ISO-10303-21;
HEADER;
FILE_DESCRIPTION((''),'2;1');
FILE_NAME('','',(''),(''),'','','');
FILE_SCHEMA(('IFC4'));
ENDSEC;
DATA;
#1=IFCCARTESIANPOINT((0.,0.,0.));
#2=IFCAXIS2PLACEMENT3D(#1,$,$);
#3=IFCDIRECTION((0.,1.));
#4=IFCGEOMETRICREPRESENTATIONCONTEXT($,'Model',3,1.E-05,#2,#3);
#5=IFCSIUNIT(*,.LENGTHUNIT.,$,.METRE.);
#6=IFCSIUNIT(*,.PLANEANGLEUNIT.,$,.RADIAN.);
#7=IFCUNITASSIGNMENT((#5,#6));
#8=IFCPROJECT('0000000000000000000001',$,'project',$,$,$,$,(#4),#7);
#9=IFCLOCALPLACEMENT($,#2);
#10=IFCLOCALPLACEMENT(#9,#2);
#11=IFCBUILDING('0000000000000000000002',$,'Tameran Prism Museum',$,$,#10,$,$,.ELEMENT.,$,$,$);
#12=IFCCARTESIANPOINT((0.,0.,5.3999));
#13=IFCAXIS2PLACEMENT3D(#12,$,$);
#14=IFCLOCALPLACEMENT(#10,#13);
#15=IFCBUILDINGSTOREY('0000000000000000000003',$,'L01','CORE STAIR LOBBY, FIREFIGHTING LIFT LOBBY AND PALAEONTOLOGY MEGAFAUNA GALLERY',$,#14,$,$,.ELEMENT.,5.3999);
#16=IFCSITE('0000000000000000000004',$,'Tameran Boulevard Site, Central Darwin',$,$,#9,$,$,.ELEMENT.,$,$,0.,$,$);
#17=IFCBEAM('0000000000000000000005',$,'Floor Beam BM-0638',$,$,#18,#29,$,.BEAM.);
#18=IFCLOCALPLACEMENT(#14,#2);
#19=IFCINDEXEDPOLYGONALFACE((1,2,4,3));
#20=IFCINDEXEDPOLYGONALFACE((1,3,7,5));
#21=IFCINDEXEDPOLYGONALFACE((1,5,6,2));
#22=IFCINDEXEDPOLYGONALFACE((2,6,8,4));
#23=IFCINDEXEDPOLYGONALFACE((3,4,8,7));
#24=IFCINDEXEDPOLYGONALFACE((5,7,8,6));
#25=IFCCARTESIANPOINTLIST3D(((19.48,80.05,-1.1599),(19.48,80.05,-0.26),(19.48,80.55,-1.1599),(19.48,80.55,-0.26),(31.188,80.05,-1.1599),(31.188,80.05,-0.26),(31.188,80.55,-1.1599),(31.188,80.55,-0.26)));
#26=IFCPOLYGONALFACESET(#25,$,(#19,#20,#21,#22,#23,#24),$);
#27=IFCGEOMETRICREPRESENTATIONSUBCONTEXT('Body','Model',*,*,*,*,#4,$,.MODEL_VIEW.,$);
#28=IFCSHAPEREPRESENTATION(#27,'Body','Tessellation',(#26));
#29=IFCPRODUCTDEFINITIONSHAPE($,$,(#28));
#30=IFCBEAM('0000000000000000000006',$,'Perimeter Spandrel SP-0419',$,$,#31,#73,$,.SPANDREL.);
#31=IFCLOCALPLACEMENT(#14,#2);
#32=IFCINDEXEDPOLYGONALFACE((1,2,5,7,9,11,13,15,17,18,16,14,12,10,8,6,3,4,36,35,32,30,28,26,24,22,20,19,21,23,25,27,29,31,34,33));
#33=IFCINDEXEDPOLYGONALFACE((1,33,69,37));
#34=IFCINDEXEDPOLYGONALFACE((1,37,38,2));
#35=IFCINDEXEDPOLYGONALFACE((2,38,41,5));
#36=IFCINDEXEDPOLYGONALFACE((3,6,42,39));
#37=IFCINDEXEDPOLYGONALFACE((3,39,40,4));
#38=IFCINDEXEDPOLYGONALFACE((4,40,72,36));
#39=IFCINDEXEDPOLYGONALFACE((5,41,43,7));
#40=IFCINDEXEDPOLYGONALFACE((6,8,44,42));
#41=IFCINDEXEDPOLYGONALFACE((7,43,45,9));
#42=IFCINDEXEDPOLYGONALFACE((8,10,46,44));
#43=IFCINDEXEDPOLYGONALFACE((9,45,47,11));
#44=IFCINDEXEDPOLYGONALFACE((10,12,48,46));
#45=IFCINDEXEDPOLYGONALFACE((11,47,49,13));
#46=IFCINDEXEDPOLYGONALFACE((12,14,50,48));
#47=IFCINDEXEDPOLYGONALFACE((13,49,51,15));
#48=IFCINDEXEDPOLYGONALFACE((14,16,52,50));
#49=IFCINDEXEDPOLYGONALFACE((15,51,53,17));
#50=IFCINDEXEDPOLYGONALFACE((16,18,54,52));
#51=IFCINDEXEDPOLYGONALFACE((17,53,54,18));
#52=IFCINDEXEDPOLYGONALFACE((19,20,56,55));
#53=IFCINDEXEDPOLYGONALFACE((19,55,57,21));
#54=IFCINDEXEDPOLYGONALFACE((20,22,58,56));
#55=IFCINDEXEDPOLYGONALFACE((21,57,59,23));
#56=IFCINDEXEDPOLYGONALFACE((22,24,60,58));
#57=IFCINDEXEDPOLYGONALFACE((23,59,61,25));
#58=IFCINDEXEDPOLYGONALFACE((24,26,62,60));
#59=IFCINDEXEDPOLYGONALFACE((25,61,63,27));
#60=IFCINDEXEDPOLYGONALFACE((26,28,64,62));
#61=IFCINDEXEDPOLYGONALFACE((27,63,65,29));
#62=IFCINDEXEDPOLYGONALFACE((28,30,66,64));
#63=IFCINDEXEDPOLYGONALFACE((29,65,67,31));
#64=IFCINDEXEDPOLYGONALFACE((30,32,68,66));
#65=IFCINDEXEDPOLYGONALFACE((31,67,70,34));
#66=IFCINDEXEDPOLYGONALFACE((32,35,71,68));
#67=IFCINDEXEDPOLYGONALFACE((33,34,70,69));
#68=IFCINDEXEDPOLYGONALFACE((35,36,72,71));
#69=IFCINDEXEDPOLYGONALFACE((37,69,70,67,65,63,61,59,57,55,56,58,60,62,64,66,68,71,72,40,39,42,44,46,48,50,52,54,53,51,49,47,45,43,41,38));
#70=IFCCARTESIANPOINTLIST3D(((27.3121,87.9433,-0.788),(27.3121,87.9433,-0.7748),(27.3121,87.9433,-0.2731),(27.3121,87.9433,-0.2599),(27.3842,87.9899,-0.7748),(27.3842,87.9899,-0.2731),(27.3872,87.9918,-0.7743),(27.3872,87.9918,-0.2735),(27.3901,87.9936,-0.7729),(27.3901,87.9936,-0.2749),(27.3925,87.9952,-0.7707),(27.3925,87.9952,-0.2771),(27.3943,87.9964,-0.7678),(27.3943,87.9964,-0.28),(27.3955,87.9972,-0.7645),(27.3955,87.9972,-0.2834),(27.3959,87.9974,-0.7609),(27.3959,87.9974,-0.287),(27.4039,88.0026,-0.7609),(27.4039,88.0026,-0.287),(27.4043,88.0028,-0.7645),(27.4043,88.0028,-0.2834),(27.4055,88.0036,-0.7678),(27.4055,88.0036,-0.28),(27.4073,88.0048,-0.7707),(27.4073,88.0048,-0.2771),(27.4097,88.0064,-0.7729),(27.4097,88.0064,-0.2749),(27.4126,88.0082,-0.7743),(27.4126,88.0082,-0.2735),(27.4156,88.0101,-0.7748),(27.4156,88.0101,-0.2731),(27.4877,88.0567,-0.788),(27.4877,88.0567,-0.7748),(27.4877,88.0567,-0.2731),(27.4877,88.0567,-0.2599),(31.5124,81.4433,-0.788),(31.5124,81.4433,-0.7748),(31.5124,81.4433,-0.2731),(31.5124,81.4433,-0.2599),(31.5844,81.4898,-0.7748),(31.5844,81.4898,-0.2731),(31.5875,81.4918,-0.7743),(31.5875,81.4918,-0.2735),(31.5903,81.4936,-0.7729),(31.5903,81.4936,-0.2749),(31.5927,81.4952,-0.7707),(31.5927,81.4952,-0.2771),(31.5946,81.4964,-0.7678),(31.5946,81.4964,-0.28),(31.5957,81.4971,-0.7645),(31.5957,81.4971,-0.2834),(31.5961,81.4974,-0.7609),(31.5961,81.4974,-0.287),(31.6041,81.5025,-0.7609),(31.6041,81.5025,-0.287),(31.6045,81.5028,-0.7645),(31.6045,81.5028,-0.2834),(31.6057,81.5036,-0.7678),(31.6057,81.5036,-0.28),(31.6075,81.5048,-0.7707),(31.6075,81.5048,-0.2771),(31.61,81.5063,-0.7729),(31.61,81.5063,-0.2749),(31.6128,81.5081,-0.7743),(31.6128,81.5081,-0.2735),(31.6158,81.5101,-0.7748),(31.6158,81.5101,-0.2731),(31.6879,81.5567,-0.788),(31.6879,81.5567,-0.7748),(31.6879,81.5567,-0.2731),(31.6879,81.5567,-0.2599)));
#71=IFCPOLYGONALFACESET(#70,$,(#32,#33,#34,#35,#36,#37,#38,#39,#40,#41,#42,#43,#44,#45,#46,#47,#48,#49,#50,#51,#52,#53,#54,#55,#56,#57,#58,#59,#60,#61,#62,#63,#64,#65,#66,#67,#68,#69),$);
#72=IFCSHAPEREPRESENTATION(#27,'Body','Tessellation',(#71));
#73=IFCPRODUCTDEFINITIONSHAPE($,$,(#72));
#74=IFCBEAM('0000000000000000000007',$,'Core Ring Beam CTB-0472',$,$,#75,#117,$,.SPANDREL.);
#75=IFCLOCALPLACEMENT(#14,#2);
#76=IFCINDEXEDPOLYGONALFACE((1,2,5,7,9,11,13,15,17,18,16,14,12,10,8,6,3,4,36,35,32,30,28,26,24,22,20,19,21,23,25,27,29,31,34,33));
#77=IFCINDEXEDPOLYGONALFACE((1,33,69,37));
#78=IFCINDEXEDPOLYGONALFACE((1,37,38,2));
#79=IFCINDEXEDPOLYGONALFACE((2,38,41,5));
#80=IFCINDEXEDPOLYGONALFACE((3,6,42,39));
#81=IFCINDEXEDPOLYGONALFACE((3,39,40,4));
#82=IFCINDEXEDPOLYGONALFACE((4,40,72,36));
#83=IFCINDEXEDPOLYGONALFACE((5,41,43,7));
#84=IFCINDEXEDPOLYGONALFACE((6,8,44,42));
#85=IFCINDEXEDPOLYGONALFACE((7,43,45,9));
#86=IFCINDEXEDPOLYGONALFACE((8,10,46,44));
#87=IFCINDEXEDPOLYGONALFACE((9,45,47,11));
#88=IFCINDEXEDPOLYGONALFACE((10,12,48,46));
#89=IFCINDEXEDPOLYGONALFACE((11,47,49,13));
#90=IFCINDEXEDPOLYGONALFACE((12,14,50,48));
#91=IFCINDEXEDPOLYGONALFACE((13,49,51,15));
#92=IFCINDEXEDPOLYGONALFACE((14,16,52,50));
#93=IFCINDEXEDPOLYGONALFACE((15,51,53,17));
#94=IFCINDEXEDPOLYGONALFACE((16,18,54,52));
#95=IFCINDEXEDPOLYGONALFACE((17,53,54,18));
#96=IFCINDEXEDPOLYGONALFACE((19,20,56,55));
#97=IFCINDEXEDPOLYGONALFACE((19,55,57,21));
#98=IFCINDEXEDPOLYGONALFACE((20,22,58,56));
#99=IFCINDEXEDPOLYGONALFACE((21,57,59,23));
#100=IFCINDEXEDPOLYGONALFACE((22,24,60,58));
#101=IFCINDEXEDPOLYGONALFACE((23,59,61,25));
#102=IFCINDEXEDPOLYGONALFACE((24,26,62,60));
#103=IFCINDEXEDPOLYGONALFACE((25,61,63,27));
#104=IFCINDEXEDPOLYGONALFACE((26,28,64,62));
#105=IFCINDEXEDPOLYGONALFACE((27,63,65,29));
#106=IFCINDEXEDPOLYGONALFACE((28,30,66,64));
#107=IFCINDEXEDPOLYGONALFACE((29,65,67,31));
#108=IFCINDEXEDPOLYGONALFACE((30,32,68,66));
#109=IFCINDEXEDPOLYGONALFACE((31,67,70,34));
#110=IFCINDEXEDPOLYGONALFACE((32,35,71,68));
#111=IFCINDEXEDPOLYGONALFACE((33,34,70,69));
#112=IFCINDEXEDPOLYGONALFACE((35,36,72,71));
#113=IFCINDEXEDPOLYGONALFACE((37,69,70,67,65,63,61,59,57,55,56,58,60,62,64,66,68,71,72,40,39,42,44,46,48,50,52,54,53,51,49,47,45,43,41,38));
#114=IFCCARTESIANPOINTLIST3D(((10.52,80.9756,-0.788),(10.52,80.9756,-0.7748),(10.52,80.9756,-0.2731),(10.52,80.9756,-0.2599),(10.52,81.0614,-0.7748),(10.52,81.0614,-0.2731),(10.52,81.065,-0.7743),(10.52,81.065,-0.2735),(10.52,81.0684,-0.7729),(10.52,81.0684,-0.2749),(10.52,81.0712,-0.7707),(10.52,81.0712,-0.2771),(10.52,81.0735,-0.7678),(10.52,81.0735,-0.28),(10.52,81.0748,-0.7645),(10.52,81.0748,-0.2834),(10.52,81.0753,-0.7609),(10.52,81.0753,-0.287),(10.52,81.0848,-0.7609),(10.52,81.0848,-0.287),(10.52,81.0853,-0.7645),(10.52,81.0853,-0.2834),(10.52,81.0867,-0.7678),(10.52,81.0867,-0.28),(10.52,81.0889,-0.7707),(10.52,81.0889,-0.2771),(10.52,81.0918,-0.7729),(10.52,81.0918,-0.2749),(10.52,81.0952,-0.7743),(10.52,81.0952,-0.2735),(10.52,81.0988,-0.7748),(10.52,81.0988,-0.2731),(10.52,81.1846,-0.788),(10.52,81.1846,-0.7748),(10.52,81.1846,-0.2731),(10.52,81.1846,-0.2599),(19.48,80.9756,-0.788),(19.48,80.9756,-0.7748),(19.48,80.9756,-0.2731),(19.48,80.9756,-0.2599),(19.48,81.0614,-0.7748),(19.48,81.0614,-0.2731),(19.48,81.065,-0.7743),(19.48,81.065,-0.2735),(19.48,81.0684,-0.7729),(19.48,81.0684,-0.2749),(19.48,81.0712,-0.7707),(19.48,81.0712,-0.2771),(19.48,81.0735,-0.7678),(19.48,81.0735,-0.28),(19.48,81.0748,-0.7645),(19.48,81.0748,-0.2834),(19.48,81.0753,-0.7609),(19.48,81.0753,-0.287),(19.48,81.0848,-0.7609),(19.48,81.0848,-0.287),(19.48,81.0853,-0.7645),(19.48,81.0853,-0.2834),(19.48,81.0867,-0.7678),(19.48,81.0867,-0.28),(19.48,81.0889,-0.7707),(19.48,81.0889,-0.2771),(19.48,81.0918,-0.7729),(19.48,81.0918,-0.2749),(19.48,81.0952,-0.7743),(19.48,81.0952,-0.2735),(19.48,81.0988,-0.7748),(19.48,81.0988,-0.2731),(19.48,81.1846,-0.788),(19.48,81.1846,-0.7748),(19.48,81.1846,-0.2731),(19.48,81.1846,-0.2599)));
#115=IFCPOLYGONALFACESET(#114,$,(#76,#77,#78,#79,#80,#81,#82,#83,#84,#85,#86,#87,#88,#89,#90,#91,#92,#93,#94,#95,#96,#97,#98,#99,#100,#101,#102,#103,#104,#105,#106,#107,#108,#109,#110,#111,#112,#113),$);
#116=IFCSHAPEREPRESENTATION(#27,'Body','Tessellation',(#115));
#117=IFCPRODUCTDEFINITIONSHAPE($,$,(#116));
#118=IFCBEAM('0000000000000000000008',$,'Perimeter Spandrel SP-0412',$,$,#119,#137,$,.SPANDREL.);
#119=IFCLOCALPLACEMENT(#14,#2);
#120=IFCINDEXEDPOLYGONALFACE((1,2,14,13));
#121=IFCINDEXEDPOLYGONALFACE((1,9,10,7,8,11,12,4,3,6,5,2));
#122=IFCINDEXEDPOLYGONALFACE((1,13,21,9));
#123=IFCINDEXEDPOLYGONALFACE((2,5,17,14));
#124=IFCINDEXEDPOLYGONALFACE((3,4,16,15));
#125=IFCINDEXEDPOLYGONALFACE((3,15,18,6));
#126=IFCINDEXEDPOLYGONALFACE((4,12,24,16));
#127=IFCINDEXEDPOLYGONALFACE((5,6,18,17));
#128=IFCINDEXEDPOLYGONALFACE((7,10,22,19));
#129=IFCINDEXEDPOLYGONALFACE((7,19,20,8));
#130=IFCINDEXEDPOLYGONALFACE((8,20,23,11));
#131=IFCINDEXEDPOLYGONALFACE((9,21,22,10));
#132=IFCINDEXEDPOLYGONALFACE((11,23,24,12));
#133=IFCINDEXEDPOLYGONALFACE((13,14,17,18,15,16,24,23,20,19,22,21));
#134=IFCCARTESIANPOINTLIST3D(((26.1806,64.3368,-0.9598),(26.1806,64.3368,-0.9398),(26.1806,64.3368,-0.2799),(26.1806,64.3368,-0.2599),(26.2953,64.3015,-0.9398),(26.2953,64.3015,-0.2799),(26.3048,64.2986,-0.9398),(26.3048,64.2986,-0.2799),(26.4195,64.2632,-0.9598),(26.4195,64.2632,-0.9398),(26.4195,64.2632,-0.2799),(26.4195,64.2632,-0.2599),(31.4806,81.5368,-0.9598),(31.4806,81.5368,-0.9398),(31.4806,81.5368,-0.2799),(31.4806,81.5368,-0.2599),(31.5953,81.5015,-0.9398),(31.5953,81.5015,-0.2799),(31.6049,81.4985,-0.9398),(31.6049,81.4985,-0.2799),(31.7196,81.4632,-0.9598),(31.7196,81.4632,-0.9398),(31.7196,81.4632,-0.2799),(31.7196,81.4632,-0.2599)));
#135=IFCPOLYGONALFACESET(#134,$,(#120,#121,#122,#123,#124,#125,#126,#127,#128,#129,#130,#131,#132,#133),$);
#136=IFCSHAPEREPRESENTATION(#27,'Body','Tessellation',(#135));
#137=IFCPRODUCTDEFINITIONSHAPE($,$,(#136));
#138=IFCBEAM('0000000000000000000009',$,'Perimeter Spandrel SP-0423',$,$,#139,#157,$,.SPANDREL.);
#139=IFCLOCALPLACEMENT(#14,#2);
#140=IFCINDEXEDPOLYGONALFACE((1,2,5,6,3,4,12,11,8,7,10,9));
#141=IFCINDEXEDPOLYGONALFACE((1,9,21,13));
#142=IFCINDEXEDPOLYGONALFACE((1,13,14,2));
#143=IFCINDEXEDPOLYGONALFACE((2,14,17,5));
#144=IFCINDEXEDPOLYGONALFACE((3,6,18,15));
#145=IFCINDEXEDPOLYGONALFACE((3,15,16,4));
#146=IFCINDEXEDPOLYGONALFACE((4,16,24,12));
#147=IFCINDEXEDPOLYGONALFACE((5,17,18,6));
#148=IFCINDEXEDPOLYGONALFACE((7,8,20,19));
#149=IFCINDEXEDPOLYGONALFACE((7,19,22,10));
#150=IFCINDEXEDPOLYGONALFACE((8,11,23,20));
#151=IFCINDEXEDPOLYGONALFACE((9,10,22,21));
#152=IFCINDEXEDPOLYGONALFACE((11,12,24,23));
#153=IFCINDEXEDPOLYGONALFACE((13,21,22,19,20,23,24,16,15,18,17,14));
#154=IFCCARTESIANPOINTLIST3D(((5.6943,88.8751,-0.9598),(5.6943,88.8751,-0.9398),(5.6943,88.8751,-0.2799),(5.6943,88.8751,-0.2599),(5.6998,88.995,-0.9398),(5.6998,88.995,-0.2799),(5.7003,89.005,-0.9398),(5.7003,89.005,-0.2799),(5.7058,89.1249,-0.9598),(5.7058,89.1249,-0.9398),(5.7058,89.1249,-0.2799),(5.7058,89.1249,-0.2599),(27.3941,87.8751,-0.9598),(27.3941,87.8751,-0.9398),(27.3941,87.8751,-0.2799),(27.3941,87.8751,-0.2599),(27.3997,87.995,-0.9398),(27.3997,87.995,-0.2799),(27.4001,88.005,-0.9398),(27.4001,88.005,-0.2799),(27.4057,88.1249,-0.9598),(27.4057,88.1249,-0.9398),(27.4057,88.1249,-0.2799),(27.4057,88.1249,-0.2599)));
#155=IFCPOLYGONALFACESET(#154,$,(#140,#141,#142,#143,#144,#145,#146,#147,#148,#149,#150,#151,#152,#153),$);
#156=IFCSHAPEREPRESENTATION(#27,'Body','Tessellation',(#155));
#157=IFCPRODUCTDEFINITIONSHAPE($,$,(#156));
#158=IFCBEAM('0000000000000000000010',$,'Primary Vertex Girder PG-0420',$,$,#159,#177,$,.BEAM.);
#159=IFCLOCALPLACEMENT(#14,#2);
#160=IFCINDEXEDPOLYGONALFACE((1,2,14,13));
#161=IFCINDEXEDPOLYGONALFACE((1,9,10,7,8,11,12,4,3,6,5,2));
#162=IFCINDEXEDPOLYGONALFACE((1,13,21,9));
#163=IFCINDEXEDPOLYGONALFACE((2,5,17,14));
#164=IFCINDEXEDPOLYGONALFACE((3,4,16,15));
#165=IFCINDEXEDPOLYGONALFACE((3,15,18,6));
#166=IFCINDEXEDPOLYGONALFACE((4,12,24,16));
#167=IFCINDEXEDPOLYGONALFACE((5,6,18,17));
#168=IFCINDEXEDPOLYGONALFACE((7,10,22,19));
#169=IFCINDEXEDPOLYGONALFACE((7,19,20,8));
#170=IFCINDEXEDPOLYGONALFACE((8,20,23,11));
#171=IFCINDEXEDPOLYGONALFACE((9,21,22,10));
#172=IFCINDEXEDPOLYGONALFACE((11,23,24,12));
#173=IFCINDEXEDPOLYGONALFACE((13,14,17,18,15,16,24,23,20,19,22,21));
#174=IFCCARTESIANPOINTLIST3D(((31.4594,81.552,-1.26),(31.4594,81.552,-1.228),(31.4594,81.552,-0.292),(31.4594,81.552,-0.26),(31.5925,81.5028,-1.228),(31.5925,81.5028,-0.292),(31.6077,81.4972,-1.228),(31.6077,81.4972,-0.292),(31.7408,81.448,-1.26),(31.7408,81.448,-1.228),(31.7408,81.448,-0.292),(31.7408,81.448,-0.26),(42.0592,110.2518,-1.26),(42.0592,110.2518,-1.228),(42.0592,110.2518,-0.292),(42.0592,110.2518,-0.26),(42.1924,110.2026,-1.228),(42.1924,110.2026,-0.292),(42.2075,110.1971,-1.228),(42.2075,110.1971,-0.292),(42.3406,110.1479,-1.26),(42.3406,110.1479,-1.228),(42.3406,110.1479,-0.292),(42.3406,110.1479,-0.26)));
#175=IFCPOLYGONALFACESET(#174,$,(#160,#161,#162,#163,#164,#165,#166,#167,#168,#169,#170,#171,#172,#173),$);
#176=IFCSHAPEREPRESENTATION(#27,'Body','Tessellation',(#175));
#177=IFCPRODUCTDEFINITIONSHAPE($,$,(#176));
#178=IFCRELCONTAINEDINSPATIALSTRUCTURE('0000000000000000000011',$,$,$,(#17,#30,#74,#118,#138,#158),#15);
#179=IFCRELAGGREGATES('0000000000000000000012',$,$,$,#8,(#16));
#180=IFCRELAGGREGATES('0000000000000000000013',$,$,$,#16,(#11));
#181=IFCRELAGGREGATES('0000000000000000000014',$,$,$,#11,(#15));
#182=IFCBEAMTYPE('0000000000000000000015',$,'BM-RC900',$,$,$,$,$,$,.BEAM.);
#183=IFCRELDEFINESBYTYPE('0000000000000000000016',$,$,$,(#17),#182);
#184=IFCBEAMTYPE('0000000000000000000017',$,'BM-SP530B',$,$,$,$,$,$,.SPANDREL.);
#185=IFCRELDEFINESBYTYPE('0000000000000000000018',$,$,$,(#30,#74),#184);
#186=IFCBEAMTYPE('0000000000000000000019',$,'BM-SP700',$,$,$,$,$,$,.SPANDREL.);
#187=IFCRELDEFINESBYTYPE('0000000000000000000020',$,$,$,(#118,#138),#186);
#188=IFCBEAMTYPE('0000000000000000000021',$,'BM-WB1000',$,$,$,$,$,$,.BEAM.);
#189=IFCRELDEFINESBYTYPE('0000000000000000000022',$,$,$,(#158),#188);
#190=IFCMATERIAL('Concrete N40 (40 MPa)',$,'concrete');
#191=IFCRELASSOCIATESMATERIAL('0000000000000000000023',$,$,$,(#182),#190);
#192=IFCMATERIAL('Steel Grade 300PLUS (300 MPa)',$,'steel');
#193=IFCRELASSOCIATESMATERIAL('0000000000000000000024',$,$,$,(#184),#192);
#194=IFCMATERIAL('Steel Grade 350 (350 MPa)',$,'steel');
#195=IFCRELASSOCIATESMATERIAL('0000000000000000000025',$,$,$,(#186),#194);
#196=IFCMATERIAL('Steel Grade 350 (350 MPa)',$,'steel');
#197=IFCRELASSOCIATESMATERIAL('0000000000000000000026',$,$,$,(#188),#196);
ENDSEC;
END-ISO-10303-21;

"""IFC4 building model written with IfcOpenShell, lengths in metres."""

from ifc_helpers import new_model, si_unit, direction, frame, origin, origin_2d, place, context, subcontext, project, spatial, rectangle, i_section, extrude, material, material_profile, profile_set, type_object, element, save


model = new_model("IFC4")

# Units and contexts
model_context = context("Model", 3, precision=1e-05, world=origin(), true_north=direction((0.0, 1.0)))
body_context = subcontext(model_context, "Body", "Model", "MODEL_VIEW")
ifc_project = project(units=[si_unit("LENGTHUNIT", "METRE"), si_unit("PLANEANGLEUNIT", "RADIAN")], contexts=[model_context])

# Site, building, storey
site_placement = place(None, origin())
site = spatial("IfcSite", under=ifc_project, at=site_placement, Name="Tameran Boulevard Site, Central Darwin", CompositionType="ELEMENT", RefElevation=0.0)
building_placement = place(site_placement, origin())
building = spatial("IfcBuilding", under=site, at=building_placement, Name="Tameran Prism Museum", CompositionType="ELEMENT")
storey_placement = place(building_placement, frame((0.0, 0.0, 5.3999)))
storey = spatial("IfcBuildingStorey", under=building, at=storey_placement, Name="L01", Description="CORE STAIR LOBBY, FIREFIGHTING LIFT LOBBY AND PALAEONTOLOGY MEGAFAUNA GALLERY", CompositionType="ELEMENT", Elevation=5.3999)

# Beams
ifc_material_1 = material(Name="Concrete N40 (40 MPa)", Category="concrete")
ifc_material_profile_1 = material_profile(ifc_material_1, rectangle(XDim=0.5, YDim=0.8999, at=origin_2d()))
ifc_profile_set_1 = profile_set([ifc_material_profile_1])
beam_type_1 = type_object("IfcBeamType", Name="BM-RC900", PredefinedType="BEAM", material=ifc_profile_set_1)
beam_1_placement = place(storey_placement, frame((19.48, 80.3, -0.71), z_axis=(1.0, 0.0, 0.0), x_axis=(0.0, 1.0, 0.0)))
element("IfcBeam", 1, at=beam_1_placement, inside=storey, type_object=beam_type_1, Name="Floor Beam BM-0638", PredefinedType="BEAM", context=body_context, shape_type="SweptSolid", body=[
    extrude(rectangle(XDim=0.5, YDim=0.8999, at=origin_2d()), origin(), (0.0, 0.0, 1.0), 11.708),
])
ifc_material_2 = material(Name="Steel Grade 300PLUS (300 MPa)", Category="steel")
ifc_material_profile_2 = material_profile(ifc_material_2, i_section(OverallWidth=0.209, OverallDepth=0.5281, WebThickness=0.0095, FlangeThickness=0.0132, FilletRadius=0.0139, at=origin_2d()))
ifc_profile_set_2 = profile_set([ifc_material_profile_2])
beam_type_2 = type_object("IfcBeamType", Name="BM-SP530B", PredefinedType="SPANDREL", material=ifc_profile_set_2)
beam_2_placement = place(storey_placement, frame((27.3999, 88.0, -0.5239), z_axis=(0.542733, -0.839905, 0.0), x_axis=(0.839905, 0.542733, 0.0)))
element("IfcBeam", 2, at=beam_2_placement, inside=storey, type_object=beam_type_2, Name="Perimeter Spandrel SP-0419", PredefinedType="SPANDREL", context=body_context, shape_type="SweptSolid", body=[
    extrude(i_section(OverallWidth=0.209, OverallDepth=0.5281, WebThickness=0.0095, FlangeThickness=0.0132, FilletRadius=0.0139, at=origin_2d()), origin(), (0.0, 0.0, 1.0), 7.739),
])
beam_3_placement = place(storey_placement, frame((19.48, 81.0801, -0.5239), z_axis=(-1.0, 0.0, 0.0), x_axis=(0.0, -1.0, 0.0)))
element("IfcBeam", 3, at=beam_3_placement, inside=storey, type_object=beam_type_2, Name="Core Ring Beam CTB-0472", PredefinedType="SPANDREL", context=body_context, shape_type="SweptSolid", body=[
    extrude(i_section(OverallWidth=0.209, OverallDepth=0.5281, WebThickness=0.0095, FlangeThickness=0.0132, FilletRadius=0.0139, at=origin_2d()), origin(), (0.0, 0.0, 1.0), 8.96),
])
ifc_material_3 = material(Name="Steel Grade 350 (350 MPa)", Category="steel")
ifc_material_profile_3 = material_profile(ifc_material_3, i_section(OverallWidth=0.25, OverallDepth=0.7, WebThickness=0.01, FlangeThickness=0.02, at=origin_2d()))
ifc_profile_set_3 = profile_set([ifc_material_profile_3])
beam_type_3 = type_object("IfcBeamType", Name="BM-SP700", PredefinedType="SPANDREL", material=ifc_profile_set_3)
beam_4_placement = place(storey_placement, frame((31.6001, 81.5, -0.6099), z_axis=(-0.294479, -0.955658, 0.0), x_axis=(0.955658, -0.294479, 0.0)))
element("IfcBeam", 4, at=beam_4_placement, inside=storey, type_object=beam_type_3, Name="Perimeter Spandrel SP-0412", PredefinedType="SPANDREL", context=body_context, shape_type="SweptSolid", body=[
    extrude(i_section(OverallWidth=0.25, OverallDepth=0.7, WebThickness=0.01, FlangeThickness=0.02, at=origin_2d()), origin(), (0.0, 0.0, 1.0), 17.998),
])
beam_5_placement = place(storey_placement, frame((27.3999, 88.0, -0.6099), z_axis=(-0.99894, 0.046034, 0.0), x_axis=(-0.046034, -0.99894, 0.0)))
element("IfcBeam", 5, at=beam_5_placement, inside=storey, type_object=beam_type_3, Name="Perimeter Spandrel SP-0423", PredefinedType="SPANDREL", context=body_context, shape_type="SweptSolid", body=[
    extrude(i_section(OverallWidth=0.25, OverallDepth=0.7, WebThickness=0.01, FlangeThickness=0.02, at=origin_2d()), origin(), (0.0, 0.0, 1.0), 21.7229),
])
ifc_material_4 = material(Name="Steel Grade 350 (350 MPa)", Category="steel")
ifc_material_profile_4 = material_profile(ifc_material_4, i_section(OverallWidth=0.3, OverallDepth=1.0, WebThickness=0.0161, FlangeThickness=0.032, at=origin_2d()))
ifc_profile_set_4 = profile_set([ifc_material_profile_4])
beam_type_4 = type_object("IfcBeamType", Name="BM-WB1000", PredefinedType="BEAM", material=ifc_profile_set_4)
beam_6_placement = place(storey_placement, frame((31.6001, 81.5, -0.76), z_axis=(0.346459, 0.938065, 0.0), x_axis=(-0.938065, 0.346459, 0.0)))
element("IfcBeam", 6, at=beam_6_placement, inside=storey, type_object=beam_type_4, Name="Primary Vertex Girder PG-0420", PredefinedType="BEAM", context=body_context, shape_type="SweptSolid", body=[
    extrude(i_section(OverallWidth=0.3, OverallDepth=1.0, WebThickness=0.0161, FlangeThickness=0.032, at=origin_2d()), origin(), (0.0, 0.0, 1.0), 30.5947),
])

save(model, "model.ifc")
